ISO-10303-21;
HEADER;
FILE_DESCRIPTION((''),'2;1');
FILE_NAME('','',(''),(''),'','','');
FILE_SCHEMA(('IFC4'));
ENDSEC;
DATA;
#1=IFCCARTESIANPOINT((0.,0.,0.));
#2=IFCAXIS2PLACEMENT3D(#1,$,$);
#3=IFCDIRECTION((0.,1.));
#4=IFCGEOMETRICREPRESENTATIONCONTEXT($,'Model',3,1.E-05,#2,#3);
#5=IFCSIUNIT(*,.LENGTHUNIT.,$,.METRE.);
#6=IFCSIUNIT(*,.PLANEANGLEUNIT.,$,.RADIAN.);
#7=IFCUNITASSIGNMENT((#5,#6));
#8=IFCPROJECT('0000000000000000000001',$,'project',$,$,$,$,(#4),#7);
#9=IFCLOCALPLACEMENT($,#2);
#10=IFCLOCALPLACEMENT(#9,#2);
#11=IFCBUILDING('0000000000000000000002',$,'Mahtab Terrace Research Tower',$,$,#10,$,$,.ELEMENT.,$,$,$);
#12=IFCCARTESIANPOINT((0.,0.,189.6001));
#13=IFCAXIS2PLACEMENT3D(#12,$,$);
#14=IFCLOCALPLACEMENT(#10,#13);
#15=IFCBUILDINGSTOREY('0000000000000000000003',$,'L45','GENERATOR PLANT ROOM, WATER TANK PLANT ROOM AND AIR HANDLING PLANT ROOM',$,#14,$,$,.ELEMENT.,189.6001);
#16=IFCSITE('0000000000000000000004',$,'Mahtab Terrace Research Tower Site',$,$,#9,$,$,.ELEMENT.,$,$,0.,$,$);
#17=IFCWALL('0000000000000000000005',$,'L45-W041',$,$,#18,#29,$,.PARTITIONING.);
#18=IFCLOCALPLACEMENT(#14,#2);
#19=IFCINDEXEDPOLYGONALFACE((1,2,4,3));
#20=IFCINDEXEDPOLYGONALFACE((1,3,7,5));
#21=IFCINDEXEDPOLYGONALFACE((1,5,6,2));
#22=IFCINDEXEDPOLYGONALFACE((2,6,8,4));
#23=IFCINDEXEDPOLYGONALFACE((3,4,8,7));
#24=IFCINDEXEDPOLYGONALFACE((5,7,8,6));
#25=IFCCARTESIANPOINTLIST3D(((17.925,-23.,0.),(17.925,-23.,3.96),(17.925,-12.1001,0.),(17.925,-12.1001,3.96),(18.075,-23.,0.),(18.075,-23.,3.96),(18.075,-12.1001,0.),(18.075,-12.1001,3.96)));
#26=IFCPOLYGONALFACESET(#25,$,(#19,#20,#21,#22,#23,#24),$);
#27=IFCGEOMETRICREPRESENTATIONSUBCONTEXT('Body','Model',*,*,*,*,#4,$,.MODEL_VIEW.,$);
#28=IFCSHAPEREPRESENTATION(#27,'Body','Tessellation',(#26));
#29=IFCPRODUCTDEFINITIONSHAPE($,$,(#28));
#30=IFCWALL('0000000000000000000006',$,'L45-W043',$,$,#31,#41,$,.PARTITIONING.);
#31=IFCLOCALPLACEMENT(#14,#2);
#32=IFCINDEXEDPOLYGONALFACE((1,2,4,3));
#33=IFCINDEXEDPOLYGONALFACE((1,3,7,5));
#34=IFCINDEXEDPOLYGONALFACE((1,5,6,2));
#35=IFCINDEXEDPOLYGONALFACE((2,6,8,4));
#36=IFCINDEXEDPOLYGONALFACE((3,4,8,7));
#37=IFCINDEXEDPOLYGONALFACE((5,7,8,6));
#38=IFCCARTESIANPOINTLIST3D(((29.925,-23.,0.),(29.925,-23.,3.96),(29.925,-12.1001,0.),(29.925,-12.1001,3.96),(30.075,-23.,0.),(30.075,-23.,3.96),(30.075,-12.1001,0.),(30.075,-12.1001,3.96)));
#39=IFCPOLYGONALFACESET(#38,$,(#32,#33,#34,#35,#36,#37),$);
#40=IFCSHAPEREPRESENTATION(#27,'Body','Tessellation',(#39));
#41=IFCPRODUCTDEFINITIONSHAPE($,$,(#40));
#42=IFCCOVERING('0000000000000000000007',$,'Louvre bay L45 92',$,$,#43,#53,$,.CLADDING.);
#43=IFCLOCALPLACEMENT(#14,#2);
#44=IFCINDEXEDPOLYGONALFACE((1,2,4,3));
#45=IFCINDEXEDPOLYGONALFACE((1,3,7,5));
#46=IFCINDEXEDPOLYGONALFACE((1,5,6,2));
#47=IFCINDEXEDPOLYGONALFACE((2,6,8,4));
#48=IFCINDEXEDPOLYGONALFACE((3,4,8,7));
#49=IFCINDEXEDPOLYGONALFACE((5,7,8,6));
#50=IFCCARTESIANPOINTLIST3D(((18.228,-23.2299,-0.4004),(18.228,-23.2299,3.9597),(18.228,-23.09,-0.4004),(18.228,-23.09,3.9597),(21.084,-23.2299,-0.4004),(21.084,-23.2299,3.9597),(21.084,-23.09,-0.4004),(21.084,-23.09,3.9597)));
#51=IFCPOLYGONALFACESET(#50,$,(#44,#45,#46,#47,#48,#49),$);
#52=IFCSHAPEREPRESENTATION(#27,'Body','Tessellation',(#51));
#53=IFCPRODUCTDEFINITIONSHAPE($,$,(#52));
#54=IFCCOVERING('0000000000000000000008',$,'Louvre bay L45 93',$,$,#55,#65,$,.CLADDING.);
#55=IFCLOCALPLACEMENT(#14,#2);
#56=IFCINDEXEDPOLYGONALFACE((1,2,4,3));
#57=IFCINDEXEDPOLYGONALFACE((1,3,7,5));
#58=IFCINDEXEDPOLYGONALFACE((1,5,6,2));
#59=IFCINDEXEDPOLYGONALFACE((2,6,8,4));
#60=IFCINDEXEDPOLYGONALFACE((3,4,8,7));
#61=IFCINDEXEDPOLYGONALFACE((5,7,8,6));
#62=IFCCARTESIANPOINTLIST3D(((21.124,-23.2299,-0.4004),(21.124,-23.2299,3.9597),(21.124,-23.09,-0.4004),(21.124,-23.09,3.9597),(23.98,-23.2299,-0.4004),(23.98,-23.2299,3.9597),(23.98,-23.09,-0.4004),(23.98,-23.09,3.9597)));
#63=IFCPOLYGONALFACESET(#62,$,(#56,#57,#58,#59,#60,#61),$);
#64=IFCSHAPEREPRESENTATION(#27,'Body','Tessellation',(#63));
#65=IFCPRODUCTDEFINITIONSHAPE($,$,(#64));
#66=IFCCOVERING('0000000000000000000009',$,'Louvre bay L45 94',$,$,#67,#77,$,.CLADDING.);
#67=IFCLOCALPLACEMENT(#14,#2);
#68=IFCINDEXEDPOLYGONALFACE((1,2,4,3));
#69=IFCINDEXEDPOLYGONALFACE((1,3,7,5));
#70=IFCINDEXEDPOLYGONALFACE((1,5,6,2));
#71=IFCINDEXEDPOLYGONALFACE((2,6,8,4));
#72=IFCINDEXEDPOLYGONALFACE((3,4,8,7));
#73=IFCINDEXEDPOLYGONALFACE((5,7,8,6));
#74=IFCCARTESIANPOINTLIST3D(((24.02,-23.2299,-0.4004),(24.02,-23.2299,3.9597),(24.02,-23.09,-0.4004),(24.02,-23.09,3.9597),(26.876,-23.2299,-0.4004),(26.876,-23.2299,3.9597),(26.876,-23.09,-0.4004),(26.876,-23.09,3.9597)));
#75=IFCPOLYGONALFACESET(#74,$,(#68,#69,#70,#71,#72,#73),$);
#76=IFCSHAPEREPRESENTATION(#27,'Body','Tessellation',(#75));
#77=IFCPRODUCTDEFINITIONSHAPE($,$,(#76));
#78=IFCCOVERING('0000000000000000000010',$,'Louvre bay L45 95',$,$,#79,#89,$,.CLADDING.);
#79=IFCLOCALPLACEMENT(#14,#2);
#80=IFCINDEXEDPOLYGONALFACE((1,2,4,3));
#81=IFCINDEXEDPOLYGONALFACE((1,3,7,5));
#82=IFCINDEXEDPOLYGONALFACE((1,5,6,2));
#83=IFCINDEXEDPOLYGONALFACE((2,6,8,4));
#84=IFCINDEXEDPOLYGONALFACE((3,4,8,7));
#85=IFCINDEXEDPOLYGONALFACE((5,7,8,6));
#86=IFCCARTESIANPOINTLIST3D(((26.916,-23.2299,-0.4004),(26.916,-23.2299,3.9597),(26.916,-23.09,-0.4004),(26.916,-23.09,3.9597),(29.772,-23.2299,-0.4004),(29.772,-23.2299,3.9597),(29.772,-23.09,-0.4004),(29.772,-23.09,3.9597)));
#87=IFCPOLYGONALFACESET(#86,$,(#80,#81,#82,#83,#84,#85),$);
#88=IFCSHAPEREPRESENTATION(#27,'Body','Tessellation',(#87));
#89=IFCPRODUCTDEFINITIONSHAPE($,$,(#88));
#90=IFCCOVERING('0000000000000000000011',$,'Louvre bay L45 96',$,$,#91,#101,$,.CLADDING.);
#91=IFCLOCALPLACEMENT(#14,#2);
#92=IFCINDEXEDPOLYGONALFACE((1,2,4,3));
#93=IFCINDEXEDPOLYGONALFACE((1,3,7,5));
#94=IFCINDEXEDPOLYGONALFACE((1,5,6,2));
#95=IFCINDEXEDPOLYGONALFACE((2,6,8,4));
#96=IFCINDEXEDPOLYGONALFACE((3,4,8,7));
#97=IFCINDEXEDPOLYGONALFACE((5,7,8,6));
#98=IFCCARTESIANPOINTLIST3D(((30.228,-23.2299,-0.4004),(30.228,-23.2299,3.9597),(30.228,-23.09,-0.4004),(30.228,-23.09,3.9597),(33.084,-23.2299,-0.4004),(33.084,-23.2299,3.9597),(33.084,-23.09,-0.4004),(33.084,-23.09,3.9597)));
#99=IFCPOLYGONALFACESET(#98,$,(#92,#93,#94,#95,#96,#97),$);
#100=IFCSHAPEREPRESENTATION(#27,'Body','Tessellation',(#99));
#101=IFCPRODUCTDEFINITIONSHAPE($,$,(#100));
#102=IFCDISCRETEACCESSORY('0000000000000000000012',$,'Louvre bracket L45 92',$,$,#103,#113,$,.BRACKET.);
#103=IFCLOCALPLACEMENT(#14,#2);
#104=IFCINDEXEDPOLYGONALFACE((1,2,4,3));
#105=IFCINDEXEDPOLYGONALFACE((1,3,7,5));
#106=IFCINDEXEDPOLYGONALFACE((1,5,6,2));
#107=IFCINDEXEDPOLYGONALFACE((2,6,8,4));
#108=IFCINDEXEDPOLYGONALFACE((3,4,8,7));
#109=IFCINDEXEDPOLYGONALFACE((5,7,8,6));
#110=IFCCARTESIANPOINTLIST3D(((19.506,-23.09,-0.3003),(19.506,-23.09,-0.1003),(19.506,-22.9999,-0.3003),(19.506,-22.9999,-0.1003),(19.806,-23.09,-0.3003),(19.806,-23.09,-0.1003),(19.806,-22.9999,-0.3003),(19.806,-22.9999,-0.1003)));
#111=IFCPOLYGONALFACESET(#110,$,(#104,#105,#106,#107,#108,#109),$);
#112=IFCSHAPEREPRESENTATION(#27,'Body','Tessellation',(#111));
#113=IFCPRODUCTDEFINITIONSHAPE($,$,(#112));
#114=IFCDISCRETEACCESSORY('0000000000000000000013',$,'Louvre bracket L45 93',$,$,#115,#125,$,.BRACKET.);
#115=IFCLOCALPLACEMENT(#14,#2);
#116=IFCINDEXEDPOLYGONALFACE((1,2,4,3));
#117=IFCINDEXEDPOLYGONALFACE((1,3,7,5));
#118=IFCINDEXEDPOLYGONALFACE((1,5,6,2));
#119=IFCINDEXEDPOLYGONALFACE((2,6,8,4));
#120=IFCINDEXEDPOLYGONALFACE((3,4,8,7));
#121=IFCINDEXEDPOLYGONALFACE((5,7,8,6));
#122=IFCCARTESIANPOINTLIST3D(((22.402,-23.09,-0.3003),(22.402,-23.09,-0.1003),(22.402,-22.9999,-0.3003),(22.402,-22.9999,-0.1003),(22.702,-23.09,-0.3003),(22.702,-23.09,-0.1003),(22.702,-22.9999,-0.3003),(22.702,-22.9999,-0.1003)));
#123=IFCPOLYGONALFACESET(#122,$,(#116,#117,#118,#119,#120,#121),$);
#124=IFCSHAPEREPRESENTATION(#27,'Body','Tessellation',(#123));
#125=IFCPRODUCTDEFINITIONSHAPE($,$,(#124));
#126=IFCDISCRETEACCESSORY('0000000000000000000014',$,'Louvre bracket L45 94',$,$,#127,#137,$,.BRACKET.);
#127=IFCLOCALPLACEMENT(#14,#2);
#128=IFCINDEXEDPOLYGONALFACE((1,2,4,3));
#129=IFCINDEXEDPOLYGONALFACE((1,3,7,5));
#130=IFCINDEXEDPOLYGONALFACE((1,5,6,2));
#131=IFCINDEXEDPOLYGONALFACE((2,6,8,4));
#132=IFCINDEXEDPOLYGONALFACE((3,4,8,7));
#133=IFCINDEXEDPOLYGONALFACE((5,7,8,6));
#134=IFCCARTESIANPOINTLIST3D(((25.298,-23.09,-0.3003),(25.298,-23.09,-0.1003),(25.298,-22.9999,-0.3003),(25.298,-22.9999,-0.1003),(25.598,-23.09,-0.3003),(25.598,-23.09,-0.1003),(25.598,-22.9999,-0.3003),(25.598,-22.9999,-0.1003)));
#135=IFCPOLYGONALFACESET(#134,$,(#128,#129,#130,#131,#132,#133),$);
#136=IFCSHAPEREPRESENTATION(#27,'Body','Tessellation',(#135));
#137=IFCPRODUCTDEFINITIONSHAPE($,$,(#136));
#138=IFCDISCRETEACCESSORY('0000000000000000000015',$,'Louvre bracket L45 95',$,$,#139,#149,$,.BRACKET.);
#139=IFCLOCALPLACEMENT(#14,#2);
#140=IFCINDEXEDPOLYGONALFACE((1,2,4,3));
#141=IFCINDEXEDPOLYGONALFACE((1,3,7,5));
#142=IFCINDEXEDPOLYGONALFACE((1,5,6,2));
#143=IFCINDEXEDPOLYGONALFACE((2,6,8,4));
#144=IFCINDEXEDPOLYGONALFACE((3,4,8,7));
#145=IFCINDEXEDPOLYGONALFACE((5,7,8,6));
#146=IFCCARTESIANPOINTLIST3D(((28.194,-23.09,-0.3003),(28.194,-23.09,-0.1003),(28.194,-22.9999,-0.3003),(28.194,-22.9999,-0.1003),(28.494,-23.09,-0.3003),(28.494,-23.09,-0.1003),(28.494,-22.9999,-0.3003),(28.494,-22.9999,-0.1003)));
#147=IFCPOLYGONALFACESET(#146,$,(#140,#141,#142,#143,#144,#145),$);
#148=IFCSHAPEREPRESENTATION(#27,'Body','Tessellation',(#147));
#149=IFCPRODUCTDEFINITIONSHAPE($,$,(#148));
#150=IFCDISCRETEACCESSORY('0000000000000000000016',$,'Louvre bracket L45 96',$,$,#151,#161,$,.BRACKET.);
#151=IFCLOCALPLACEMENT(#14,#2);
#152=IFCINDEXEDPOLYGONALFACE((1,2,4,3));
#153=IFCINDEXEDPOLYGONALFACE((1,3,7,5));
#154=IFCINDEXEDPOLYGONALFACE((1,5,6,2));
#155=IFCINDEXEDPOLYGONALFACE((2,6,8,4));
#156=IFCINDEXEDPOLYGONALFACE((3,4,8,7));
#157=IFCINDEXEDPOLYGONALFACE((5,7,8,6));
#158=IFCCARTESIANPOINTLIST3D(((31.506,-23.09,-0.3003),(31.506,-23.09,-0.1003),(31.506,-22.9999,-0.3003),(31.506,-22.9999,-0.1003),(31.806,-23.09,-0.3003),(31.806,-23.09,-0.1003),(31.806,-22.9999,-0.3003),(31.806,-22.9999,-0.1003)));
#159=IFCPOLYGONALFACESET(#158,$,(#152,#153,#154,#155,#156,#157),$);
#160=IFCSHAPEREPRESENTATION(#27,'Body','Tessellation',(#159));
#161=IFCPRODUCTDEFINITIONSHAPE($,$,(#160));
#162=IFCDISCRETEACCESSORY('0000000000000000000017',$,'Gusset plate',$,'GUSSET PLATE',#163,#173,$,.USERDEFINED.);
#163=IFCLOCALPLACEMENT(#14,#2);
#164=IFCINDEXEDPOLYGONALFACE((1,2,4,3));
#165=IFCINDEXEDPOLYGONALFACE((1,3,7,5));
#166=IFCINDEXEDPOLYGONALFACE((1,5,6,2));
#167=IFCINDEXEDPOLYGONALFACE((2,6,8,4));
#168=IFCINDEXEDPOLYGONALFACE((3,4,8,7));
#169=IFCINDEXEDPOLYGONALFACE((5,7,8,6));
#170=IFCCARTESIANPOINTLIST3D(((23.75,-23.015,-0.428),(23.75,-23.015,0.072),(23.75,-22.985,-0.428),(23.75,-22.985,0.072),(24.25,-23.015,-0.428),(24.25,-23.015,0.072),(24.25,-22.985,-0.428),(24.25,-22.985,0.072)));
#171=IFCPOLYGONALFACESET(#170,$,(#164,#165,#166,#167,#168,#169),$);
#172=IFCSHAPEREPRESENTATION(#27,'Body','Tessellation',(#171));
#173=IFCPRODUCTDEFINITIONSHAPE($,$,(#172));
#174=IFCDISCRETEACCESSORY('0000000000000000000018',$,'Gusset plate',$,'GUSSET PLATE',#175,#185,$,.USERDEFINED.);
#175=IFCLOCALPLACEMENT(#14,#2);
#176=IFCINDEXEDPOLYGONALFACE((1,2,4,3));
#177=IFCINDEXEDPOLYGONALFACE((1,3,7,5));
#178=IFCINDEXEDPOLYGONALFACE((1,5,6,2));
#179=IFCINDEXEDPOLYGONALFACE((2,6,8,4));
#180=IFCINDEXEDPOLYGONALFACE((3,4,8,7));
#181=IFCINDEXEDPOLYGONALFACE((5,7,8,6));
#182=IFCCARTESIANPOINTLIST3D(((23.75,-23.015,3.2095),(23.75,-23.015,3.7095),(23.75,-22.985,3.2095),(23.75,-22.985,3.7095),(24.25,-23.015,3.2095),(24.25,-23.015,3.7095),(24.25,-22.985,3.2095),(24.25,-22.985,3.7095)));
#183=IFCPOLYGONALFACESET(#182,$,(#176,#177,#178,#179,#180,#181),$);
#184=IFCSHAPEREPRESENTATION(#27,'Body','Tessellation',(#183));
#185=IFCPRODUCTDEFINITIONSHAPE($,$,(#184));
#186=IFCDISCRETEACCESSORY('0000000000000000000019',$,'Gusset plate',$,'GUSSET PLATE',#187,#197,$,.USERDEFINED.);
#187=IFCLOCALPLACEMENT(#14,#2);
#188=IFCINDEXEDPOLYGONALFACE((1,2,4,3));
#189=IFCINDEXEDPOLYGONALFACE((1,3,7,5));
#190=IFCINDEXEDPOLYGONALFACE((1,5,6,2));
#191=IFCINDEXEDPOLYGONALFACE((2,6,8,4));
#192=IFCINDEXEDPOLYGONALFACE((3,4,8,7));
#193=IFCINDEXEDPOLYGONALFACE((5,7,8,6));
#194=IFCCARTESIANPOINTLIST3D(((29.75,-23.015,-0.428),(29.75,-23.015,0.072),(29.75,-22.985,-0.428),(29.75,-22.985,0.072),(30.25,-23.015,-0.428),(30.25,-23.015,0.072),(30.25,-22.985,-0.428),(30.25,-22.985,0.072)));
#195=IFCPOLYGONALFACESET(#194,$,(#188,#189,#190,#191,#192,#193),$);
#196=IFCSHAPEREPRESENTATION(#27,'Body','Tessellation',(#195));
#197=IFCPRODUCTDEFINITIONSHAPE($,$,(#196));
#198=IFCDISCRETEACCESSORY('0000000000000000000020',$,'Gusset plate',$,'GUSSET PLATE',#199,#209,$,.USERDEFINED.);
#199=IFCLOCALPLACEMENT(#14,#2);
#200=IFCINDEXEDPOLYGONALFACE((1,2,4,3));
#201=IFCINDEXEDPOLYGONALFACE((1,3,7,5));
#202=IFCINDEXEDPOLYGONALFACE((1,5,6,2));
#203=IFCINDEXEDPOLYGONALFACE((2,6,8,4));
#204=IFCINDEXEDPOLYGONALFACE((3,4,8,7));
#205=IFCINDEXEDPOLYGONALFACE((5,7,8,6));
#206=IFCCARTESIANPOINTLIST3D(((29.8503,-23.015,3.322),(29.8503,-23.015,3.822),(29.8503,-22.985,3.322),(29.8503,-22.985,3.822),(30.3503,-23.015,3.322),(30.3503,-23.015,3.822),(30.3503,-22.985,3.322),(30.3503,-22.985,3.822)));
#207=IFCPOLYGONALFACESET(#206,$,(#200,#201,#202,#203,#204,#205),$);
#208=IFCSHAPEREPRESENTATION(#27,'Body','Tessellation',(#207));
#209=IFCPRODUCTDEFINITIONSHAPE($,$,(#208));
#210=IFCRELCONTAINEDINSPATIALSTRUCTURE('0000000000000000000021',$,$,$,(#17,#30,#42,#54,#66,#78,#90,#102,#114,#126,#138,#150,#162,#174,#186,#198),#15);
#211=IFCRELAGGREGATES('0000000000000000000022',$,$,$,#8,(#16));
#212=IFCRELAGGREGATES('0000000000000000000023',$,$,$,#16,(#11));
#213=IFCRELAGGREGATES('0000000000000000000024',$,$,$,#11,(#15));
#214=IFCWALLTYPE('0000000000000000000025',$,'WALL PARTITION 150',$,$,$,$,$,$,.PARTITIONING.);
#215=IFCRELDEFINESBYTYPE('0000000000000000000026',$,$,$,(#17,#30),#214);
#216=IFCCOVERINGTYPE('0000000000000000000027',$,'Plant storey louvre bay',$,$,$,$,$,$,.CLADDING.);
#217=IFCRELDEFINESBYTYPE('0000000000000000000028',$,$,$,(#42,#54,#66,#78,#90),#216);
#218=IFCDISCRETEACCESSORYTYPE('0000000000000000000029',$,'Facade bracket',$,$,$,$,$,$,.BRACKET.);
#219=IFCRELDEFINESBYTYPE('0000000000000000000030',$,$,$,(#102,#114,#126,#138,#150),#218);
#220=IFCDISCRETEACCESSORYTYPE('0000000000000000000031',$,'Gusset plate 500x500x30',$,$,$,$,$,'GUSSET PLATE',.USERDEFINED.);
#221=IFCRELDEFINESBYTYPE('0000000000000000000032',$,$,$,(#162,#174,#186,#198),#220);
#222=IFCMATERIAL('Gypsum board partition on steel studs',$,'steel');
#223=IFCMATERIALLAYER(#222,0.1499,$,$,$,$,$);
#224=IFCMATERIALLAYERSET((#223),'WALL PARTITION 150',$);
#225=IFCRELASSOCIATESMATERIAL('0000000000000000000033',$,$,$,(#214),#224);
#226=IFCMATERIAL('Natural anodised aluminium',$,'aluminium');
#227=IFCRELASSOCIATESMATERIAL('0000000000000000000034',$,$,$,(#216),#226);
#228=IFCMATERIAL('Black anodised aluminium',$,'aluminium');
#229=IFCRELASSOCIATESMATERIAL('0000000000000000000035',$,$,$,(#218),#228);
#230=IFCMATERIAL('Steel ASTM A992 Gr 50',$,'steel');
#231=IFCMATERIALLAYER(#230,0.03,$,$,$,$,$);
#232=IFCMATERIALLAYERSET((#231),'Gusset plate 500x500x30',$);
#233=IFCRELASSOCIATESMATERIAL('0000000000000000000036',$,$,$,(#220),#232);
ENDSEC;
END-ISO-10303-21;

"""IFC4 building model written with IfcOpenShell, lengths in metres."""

from ifc_helpers import new_model, si_unit, direction, frame, frame_2d, origin, origin_2d, place, context, subcontext, project, spatial, rectangle, extrude, material, layer, layer_set, type_object, element, save


model = new_model("IFC4")

# Units and contexts
model_context = context("Model", 3, precision=1e-05, world=origin(), true_north=direction((0.0, 1.0)))
body_context = subcontext(model_context, "Body", "Model", "MODEL_VIEW")
ifc_project = project(units=[si_unit("LENGTHUNIT", "METRE"), si_unit("PLANEANGLEUNIT", "RADIAN")], contexts=[model_context])

# Site, building, storey
site_placement = place(None, origin())
site = spatial("IfcSite", under=ifc_project, at=site_placement, Name="Mahtab Terrace Research Tower Site", CompositionType="ELEMENT", RefElevation=0.0)
building_placement = place(site_placement, origin())
building = spatial("IfcBuilding", under=site, at=building_placement, Name="Mahtab Terrace Research Tower", CompositionType="ELEMENT")
storey_placement = place(building_placement, frame((0.0, 0.0, 189.6001)))
storey = spatial("IfcBuildingStorey", under=building, at=storey_placement, Name="L45", Description="GENERATOR PLANT ROOM, WATER TANK PLANT ROOM AND AIR HANDLING PLANT ROOM", CompositionType="ELEMENT", Elevation=189.6001)

# Shared definitions
ifc_material_1 = material(Name="Steel ASTM A992 Gr 50", Category="steel")

# Walls
ifc_material_2 = material(Name="Gypsum board partition on steel studs", Category="steel")
ifc_layer_1 = layer(ifc_material_2, 0.1499)
ifc_layer_set_1 = layer_set([ifc_layer_1], Name="WALL PARTITION 150")
wall_type_1 = type_object("IfcWallType", Name="WALL PARTITION 150", PredefinedType="PARTITIONING", material=ifc_layer_set_1)
for number, where, z_axis, x_axis, name in (
    (1, (18.0, -23.0, 0.0), (0.0, 0.0, 1.0), (0.0, 1.0, 0.0), "L45-W041"),
    (2, (30.0, -23.0, 0.0), (0.0, 0.0, 1.0), (0.0, 1.0, 0.0), "L45-W043"),
):
    element("IfcWall", number, at=place(storey_placement, frame(where, z_axis=z_axis, x_axis=x_axis)), inside=storey, type_object=wall_type_1, Name=name, PredefinedType="PARTITIONING", context=body_context, shape_type="SweptSolid", body=[
        extrude(rectangle(XDim=10.8999, YDim=0.1499, at=frame_2d((5.45, 0.0))), origin(), (0.0, 0.0, 1.0), 3.96),
    ])

# Coverings
ifc_material_3 = material(Name="Natural anodised aluminium", Category="aluminium")
covering_type = type_object("IfcCoveringType", Name="Plant storey louvre bay", PredefinedType="CLADDING", material=ifc_material_3)
for number, where, z_axis, x_axis, name in (
    (3, (19.656, -23.1599, -0.4004), (0.0, 0.0, 1.0), (1.0, 0.0, 0.0), "Louvre bay L45 92"),
    (4, (22.552, -23.1599, -0.4004), (0.0, 0.0, 1.0), (1.0, 0.0, 0.0), "Louvre bay L45 93"),
    (5, (25.448, -23.1599, -0.4004), (0.0, 0.0, 1.0), (1.0, 0.0, 0.0), "Louvre bay L45 94"),
    (6, (28.344, -23.1599, -0.4004), (0.0, 0.0, 1.0), (1.0, 0.0, 0.0), "Louvre bay L45 95"),
    (7, (31.656, -23.1599, -0.4004), (0.0, 0.0, 1.0), (1.0, 0.0, 0.0), "Louvre bay L45 96"),
):
    element("IfcCovering", number, at=place(storey_placement, frame(where, z_axis=z_axis, x_axis=x_axis)), inside=storey, type_object=covering_type, Name=name, PredefinedType="CLADDING", context=body_context, shape_type="SweptSolid", body=[
        extrude(rectangle(XDim=2.856, YDim=0.1399, at=origin_2d()), origin(), (0.0, 0.0, 1.0), 4.3601),
    ])

# Discrete accessories
ifc_material_4 = material(Name="Black anodised aluminium", Category="aluminium")
discrete_accessory_type_1 = type_object("IfcDiscreteAccessoryType", Name="Facade bracket", PredefinedType="BRACKET", material=ifc_material_4)
for number, where, z_axis, x_axis, name in (
    (8, (19.656, -23.0449, -0.3003), (0.0, 0.0, 1.0), (1.0, 0.0, 0.0), "Louvre bracket L45 92"),
    (9, (22.552, -23.0449, -0.3003), (0.0, 0.0, 1.0), (1.0, 0.0, 0.0), "Louvre bracket L45 93"),
    (10, (25.448, -23.0449, -0.3003), (0.0, 0.0, 1.0), (1.0, 0.0, 0.0), "Louvre bracket L45 94"),
    (11, (28.344, -23.0449, -0.3003), (0.0, 0.0, 1.0), (1.0, 0.0, 0.0), "Louvre bracket L45 95"),
    (12, (31.656, -23.0449, -0.3003), (0.0, 0.0, 1.0), (1.0, 0.0, 0.0), "Louvre bracket L45 96"),
):
    element("IfcDiscreteAccessory", number, at=place(storey_placement, frame(where, z_axis=z_axis, x_axis=x_axis)), inside=storey, type_object=discrete_accessory_type_1, Name=name, PredefinedType="BRACKET", context=body_context, shape_type="SweptSolid", body=[
        extrude(rectangle(XDim=0.3, YDim=0.0901, at=origin_2d()), origin(), (0.0, 0.0, 1.0), 0.2),
    ])
ifc_layer_2 = layer(ifc_material_1, 0.03)
ifc_layer_set_2 = layer_set([ifc_layer_2], Name="Gusset plate 500x500x30")
discrete_accessory_type_2 = type_object("IfcDiscreteAccessoryType", Name="Gusset plate 500x500x30", ElementType="GUSSET PLATE", PredefinedType="USERDEFINED", material=ifc_layer_set_2)
for number, where, z_axis, x_axis, name in (
    (13, (24.0, -23.0, -0.428), (0.0, 0.0, 1.0), (1.0, 0.0, 0.0), "Gusset plate"),
    (14, (24.0, -23.0, 3.2095), (0.0, 0.0, 1.0), (1.0, 0.0, 0.0), "Gusset plate"),
    (15, (30.0, -23.0, -0.428), (0.0, 0.0, 1.0), (1.0, 0.0, 0.0), "Gusset plate"),
    (16, (30.1003, -23.0, 3.322), (0.0, 0.0, 1.0), (1.0, 0.0, 0.0), "Gusset plate"),
):
    element("IfcDiscreteAccessory", number, at=place(storey_placement, frame(where, z_axis=z_axis, x_axis=x_axis)), inside=storey, type_object=discrete_accessory_type_2, Name=name, ObjectType="GUSSET PLATE", PredefinedType="USERDEFINED", context=body_context, shape_type="SweptSolid", body=[
        extrude(rectangle(XDim=0.5, YDim=0.03, at=origin_2d()), origin(), (0.0, 0.0, 1.0), 0.5),
    ])

save(model, "model.ifc")
